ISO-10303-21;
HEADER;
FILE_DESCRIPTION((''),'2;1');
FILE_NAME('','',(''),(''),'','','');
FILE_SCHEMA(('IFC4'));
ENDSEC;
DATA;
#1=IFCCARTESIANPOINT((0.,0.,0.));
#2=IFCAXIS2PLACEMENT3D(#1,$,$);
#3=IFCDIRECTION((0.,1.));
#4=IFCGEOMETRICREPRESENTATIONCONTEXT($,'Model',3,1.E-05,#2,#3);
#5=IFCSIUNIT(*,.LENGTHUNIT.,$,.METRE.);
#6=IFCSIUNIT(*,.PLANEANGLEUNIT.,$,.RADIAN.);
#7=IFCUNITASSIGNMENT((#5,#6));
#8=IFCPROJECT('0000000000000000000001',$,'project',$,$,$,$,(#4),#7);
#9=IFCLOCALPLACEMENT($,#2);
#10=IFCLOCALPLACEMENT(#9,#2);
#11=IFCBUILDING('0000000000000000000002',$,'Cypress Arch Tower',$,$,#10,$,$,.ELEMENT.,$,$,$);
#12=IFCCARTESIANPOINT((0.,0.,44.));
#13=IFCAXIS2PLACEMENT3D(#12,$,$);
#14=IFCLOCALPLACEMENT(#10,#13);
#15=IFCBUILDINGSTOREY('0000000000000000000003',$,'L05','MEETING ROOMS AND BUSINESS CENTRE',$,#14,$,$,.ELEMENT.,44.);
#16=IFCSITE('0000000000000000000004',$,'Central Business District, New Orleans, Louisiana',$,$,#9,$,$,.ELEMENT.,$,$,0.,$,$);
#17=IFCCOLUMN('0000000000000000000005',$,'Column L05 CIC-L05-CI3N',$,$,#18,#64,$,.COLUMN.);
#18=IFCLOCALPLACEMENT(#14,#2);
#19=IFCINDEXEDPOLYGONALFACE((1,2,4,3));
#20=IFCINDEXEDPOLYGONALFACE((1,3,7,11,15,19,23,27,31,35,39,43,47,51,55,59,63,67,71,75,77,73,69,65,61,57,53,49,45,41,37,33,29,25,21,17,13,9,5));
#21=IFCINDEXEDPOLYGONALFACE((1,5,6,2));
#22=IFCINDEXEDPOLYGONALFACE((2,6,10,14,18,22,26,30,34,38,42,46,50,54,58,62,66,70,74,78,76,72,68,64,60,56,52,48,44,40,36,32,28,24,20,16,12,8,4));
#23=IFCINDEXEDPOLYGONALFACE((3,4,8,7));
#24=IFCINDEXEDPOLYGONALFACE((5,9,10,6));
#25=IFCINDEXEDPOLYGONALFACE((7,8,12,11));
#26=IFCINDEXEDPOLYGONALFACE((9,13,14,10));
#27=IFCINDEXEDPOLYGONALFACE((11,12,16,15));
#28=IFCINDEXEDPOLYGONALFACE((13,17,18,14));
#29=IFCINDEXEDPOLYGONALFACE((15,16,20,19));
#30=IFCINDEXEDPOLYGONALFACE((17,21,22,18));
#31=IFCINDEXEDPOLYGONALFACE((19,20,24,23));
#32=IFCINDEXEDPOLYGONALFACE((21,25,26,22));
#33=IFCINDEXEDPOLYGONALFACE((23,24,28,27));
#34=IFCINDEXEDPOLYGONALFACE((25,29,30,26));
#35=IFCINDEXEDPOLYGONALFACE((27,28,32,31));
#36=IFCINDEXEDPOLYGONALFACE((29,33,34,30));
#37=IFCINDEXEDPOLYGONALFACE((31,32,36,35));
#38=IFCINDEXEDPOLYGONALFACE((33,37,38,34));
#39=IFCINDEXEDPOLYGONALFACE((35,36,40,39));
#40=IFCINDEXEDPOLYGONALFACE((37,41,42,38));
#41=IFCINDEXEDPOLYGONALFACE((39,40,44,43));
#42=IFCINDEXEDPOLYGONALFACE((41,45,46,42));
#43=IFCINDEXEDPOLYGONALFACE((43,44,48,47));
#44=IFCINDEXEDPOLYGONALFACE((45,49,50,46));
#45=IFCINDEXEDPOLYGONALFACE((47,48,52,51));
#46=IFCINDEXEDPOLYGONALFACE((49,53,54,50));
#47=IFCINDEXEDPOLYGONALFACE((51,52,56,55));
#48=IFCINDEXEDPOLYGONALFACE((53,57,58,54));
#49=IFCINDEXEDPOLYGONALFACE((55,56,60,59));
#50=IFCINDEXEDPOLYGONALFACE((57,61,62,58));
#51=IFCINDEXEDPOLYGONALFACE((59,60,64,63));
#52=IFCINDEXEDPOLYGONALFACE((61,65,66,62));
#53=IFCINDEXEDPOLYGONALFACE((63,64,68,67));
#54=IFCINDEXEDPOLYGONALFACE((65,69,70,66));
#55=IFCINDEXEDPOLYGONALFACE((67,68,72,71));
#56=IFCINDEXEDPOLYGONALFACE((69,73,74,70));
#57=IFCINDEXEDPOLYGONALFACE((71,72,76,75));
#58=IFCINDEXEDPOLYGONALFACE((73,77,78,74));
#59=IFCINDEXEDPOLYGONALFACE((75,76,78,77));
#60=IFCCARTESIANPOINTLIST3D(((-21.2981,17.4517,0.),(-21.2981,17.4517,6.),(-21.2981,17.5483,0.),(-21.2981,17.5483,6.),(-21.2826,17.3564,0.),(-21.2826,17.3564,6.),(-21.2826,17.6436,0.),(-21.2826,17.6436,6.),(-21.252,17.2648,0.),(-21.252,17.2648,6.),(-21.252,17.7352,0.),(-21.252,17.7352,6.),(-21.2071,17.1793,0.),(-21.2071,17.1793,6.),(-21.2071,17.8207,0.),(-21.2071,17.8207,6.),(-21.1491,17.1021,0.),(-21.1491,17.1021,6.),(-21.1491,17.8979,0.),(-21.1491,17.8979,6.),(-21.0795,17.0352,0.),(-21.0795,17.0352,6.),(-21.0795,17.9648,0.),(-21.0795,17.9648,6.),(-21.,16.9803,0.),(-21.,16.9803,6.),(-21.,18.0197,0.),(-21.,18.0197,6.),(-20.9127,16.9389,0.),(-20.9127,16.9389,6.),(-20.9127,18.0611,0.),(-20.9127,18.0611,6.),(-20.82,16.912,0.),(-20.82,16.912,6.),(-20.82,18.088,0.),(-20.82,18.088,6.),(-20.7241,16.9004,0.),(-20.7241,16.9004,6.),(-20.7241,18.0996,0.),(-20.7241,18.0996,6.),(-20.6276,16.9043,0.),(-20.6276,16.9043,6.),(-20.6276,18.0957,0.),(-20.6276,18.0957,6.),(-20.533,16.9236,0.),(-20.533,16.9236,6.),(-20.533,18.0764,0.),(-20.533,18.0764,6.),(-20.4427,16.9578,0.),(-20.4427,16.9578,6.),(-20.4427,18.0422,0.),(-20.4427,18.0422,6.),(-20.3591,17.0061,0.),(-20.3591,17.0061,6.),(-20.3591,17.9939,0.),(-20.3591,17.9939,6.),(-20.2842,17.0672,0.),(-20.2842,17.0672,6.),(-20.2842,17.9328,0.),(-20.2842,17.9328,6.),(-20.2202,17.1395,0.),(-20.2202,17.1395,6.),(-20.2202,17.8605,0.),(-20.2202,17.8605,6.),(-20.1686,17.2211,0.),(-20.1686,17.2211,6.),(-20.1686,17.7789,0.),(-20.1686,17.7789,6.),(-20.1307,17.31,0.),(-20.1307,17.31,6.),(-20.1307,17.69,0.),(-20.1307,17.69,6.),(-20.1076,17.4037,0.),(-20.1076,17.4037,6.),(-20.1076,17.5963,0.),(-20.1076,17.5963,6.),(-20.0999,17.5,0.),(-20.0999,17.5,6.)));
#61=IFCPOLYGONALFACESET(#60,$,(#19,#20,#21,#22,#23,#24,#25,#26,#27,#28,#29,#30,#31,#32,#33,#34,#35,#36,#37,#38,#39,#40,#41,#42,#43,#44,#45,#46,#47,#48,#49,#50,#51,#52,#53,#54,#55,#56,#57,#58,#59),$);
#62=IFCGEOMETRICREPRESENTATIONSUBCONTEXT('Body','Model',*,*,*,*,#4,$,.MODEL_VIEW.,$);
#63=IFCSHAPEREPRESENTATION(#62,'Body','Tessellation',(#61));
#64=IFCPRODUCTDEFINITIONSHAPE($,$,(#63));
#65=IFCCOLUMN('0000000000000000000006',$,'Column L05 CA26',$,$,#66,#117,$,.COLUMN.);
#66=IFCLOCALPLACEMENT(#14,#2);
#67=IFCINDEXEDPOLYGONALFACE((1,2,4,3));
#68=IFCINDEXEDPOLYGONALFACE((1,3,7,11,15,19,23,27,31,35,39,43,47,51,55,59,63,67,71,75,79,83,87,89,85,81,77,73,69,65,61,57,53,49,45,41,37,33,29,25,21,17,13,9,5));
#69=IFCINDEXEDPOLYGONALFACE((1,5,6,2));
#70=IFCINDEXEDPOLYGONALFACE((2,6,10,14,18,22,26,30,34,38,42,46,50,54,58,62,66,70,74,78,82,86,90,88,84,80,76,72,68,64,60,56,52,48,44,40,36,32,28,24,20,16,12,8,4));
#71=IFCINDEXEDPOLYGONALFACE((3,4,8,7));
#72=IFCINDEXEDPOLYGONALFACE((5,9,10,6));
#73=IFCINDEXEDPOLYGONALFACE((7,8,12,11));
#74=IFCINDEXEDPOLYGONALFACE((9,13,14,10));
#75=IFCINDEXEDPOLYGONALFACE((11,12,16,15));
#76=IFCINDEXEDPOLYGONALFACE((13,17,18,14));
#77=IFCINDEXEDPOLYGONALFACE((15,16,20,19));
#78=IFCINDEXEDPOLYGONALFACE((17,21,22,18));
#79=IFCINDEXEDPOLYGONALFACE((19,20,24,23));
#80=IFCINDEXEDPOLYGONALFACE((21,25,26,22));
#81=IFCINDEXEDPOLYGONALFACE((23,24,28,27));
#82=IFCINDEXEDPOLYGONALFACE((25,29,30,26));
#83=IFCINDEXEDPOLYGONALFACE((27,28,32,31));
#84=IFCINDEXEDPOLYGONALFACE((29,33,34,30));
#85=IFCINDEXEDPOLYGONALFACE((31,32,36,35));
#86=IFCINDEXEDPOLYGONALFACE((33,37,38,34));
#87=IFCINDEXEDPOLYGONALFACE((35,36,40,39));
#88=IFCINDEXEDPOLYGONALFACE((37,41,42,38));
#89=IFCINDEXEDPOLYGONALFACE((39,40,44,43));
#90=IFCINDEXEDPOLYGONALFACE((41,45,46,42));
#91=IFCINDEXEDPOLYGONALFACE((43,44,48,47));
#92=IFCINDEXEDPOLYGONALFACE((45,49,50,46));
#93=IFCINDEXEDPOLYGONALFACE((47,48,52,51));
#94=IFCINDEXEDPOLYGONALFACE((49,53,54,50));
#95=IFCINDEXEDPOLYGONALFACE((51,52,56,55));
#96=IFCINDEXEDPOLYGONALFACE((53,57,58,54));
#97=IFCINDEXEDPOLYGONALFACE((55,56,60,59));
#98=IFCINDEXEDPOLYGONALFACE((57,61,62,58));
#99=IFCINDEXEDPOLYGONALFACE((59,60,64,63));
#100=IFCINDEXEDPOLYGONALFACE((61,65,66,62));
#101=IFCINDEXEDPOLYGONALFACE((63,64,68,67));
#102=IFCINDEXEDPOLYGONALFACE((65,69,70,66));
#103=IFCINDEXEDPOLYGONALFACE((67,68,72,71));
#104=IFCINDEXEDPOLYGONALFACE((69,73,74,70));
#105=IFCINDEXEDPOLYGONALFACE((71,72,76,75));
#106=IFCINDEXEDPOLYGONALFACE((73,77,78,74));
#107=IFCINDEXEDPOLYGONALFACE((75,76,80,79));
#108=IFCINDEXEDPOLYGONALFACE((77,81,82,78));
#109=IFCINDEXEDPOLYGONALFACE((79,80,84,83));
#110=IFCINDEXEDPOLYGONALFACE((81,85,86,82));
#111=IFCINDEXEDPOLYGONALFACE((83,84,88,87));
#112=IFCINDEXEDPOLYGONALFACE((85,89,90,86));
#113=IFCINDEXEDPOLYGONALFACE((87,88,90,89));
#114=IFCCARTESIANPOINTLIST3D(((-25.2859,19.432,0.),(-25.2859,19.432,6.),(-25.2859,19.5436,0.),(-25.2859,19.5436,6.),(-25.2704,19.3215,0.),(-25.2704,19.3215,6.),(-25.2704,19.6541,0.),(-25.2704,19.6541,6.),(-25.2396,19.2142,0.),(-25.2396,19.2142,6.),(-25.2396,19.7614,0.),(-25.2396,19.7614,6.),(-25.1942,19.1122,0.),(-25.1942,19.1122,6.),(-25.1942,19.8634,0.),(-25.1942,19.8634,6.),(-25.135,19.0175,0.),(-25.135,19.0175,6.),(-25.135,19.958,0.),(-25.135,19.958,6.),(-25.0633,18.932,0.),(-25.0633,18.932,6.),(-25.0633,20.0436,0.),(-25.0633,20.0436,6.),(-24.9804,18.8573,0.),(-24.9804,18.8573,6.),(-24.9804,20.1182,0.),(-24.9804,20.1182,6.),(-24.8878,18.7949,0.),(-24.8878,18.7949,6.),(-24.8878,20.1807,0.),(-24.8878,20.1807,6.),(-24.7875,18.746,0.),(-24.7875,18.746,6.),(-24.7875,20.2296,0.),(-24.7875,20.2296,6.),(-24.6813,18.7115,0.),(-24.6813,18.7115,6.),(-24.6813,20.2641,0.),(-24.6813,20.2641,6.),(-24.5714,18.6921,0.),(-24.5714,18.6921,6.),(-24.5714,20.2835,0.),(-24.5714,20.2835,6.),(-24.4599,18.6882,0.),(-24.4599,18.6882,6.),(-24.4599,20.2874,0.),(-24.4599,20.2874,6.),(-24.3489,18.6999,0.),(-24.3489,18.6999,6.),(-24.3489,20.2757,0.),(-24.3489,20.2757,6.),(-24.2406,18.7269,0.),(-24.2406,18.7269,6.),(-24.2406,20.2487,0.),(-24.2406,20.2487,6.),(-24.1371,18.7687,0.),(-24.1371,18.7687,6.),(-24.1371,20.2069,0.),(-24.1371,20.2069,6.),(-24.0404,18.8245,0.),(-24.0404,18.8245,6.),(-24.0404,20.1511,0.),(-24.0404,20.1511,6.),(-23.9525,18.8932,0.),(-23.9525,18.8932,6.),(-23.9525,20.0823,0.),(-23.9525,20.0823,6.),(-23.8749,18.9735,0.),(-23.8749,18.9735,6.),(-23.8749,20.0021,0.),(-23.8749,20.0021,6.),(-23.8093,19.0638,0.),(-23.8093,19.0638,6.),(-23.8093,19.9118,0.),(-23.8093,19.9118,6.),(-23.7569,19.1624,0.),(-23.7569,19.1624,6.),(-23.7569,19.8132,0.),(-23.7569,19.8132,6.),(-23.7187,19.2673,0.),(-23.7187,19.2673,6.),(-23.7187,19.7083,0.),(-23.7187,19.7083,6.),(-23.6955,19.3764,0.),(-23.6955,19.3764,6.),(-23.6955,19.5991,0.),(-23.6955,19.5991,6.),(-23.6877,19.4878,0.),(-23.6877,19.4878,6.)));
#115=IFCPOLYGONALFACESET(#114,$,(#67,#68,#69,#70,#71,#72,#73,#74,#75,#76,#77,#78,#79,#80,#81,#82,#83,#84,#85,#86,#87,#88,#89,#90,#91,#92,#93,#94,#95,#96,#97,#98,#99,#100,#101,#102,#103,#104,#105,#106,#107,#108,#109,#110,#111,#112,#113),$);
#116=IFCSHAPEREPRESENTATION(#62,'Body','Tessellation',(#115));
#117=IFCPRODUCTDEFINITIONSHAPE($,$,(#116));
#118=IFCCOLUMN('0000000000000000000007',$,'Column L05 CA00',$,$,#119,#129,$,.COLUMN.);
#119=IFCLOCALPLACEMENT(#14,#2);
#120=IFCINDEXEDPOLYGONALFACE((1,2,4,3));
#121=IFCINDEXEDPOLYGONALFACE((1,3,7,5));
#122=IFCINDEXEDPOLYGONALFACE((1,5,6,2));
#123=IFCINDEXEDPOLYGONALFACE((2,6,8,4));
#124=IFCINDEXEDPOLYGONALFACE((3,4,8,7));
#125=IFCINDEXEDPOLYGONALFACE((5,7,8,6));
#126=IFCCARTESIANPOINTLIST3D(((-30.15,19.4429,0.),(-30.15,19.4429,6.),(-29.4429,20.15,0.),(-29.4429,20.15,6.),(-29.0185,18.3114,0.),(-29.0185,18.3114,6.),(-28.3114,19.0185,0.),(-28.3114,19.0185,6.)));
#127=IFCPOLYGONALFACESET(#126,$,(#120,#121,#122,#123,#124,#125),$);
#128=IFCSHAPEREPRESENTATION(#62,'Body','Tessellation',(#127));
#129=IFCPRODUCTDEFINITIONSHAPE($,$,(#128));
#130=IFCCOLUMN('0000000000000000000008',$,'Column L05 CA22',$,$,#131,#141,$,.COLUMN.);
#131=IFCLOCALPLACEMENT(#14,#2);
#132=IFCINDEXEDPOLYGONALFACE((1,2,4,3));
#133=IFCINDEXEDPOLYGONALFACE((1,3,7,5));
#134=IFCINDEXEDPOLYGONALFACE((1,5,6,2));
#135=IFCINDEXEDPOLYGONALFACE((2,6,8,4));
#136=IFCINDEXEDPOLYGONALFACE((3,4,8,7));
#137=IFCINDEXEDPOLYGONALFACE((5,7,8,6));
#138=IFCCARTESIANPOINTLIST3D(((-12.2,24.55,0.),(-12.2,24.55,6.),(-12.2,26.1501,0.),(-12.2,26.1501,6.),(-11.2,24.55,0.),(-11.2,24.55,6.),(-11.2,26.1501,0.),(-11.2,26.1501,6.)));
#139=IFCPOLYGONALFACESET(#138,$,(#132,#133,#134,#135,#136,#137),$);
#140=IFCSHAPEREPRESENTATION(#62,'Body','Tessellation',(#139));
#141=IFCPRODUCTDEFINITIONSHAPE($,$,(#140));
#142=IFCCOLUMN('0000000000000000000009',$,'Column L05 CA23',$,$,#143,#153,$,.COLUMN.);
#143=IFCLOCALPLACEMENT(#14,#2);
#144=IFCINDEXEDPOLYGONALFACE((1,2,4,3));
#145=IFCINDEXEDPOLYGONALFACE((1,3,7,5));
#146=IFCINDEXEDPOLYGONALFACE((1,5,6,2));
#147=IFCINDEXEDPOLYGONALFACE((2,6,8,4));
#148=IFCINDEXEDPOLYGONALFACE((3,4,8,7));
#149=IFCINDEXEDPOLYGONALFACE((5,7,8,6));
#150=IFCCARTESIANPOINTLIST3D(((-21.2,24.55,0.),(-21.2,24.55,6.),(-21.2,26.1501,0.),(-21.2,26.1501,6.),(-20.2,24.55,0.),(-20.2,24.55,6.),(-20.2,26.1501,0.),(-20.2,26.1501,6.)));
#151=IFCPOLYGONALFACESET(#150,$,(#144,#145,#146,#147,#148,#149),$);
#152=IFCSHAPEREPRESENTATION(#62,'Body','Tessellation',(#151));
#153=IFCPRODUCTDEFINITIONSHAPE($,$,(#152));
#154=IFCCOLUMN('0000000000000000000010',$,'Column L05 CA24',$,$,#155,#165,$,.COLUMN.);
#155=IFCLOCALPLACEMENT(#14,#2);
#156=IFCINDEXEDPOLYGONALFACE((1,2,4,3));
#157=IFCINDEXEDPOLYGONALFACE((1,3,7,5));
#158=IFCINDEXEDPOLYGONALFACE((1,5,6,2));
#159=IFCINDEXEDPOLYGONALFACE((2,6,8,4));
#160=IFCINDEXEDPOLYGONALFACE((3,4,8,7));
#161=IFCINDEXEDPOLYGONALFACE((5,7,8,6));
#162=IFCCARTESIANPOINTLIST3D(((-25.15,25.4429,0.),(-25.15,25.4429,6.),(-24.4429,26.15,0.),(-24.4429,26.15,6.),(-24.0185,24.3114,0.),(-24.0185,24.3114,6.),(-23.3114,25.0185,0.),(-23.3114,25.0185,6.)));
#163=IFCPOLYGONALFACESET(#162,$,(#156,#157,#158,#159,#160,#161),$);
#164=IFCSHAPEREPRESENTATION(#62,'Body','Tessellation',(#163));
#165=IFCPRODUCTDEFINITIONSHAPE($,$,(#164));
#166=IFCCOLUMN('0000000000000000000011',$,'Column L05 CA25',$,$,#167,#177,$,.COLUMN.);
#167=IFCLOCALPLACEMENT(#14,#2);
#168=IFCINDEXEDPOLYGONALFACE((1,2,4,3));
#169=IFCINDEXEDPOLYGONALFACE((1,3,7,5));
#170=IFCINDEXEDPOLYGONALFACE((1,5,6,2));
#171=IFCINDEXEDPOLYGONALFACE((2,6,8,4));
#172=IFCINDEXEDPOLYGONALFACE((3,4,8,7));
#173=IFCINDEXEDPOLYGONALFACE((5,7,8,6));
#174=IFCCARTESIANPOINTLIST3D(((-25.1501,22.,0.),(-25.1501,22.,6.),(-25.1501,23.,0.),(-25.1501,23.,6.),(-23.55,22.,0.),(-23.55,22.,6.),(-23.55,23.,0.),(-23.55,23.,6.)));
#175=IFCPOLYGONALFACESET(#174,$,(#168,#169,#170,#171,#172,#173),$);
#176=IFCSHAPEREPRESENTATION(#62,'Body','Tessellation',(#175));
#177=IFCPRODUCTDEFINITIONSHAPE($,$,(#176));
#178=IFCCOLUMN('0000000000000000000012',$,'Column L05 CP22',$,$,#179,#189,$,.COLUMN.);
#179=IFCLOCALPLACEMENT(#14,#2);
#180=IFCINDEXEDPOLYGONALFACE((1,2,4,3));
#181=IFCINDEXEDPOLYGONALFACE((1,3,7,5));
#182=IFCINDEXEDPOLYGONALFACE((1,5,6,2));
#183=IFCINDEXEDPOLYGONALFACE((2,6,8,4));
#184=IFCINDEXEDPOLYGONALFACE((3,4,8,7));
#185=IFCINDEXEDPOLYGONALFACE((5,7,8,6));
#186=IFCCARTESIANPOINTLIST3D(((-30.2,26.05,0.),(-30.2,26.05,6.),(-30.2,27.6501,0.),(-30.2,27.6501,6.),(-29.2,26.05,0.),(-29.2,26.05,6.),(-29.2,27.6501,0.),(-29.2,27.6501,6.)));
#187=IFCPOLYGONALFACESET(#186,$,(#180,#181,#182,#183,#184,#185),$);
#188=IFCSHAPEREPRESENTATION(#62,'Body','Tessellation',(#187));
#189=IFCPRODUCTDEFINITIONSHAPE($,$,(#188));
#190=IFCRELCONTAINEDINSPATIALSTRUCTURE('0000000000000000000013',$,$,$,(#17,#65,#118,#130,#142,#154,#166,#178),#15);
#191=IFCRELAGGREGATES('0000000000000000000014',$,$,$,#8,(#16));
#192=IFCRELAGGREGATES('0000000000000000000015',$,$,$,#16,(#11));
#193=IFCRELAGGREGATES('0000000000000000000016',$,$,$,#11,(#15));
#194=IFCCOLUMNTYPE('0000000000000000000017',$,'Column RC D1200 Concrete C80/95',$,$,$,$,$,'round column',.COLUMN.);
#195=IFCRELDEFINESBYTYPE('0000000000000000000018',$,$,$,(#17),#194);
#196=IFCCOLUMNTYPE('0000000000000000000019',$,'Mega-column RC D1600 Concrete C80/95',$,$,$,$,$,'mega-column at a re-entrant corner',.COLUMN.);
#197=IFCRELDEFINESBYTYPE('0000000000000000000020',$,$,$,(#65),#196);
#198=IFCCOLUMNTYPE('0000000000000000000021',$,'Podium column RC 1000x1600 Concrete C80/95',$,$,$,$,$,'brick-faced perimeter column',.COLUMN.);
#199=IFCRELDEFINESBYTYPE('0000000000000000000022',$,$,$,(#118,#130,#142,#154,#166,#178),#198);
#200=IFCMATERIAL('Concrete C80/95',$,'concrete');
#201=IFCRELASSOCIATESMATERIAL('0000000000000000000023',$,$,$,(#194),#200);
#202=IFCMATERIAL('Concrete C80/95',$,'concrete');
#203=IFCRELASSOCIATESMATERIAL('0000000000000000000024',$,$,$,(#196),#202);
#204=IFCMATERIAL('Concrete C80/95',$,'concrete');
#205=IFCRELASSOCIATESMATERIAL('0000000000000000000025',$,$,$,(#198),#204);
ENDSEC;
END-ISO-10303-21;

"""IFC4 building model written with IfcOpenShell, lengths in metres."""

from ifc_helpers import new_model, si_unit, direction, frame, origin, origin_2d, place, context, subcontext, project, spatial, rectangle, circle, extrude, material, material_profile, profile_set, type_object, element, save


model = new_model("IFC4")

# Units and contexts
model_context = context("Model", 3, precision=1e-05, world=origin(), true_north=direction((0.0, 1.0)))
body_context = subcontext(model_context, "Body", "Model", "MODEL_VIEW")
ifc_project = project(units=[si_unit("LENGTHUNIT", "METRE"), si_unit("PLANEANGLEUNIT", "RADIAN")], contexts=[model_context])

# Site, building, storey
site_placement = place(None, origin())
site = spatial("IfcSite", under=ifc_project, at=site_placement, Name="Central Business District, New Orleans, Louisiana", CompositionType="ELEMENT", RefElevation=0.0)
building_placement = place(site_placement, origin())
building = spatial("IfcBuilding", under=site, at=building_placement, Name="Cypress Arch Tower", CompositionType="ELEMENT")
storey_placement = place(building_placement, frame((0.0, 0.0, 44.0)))
storey = spatial("IfcBuildingStorey", under=building, at=storey_placement, Name="L05", Description="MEETING ROOMS AND BUSINESS CENTRE", CompositionType="ELEMENT", Elevation=44.0)

# Columns
ifc_material_1 = material(Name="Concrete C80/95", Category="concrete")
ifc_material_profile_1 = material_profile(ifc_material_1, circle(Radius=0.6001, at=origin_2d()), Name="RC D1200")
ifc_profile_set_1 = profile_set([ifc_material_profile_1], Name="Concrete C80/95")
column_type_1 = type_object("IfcColumnType", Name="Column RC D1200 Concrete C80/95", ElementType="round column", PredefinedType="COLUMN", material=ifc_profile_set_1)
column_1_placement = place(storey_placement, frame((-20.7, 17.5, 0.0), z_axis=(0.0, 0.0, 1.0), x_axis=(1.0, 0.0, 0.0)))
element("IfcColumn", 1, at=column_1_placement, inside=storey, type_object=column_type_1, Name="Column L05 CIC-L05-CI3N", PredefinedType="COLUMN", context=body_context, shape_type="SweptSolid", body=[
    extrude(circle(Radius=0.6001, at=origin_2d()), origin(), (0.0, 0.0, 1.0), 6.0),
])
ifc_material_2 = material(Name="Concrete C80/95", Category="concrete")
ifc_material_profile_2 = material_profile(ifc_material_2, circle(Radius=0.8, at=origin_2d()), Name="RC D1600")
ifc_profile_set_2 = profile_set([ifc_material_profile_2], Name="Concrete C80/95")
column_type_2 = type_object("IfcColumnType", Name="Mega-column RC D1600 Concrete C80/95", ElementType="mega-column at a re-entrant corner", PredefinedType="COLUMN", material=ifc_profile_set_2)
column_2_placement = place(storey_placement, frame((-24.4878, 19.4878, 0.0), z_axis=(0.0, 0.0, 1.0), x_axis=(1.0, 0.0, 0.0)))
element("IfcColumn", 2, at=column_2_placement, inside=storey, type_object=column_type_2, Name="Column L05 CA26", PredefinedType="COLUMN", context=body_context, shape_type="SweptSolid", body=[
    extrude(circle(Radius=0.8, at=origin_2d()), origin(), (0.0, 0.0, 1.0), 6.0),
])
ifc_material_3 = material(Name="Concrete C80/95", Category="concrete")
ifc_material_profile_3 = material_profile(ifc_material_3, rectangle(XDim=1.0, YDim=1.6001, at=origin_2d()), Name="RC 1000x1600")
ifc_profile_set_3 = profile_set([ifc_material_profile_3], Name="Concrete C80/95")
column_type_3 = type_object("IfcColumnType", Name="Podium column RC 1000x1600 Concrete C80/95", ElementType="brick-faced perimeter column", PredefinedType="COLUMN", material=ifc_profile_set_3)
for number, where, z_axis, x_axis, name in (
    (3, (-29.2307, 19.2307, 0.0), (0.0, 0.0, 1.0), (-0.707107, -0.707107, 0.0), "Column L05 CA00"),
    (4, (-11.7, 25.3501, 0.0), (0.0, 0.0, 1.0), (-1.0, 0.0, 0.0), "Column L05 CA22"),
    (5, (-20.7, 25.3501, 0.0), (0.0, 0.0, 1.0), (-1.0, 0.0, 0.0), "Column L05 CA23"),
    (6, (-24.2307, 25.2307, 0.0), (0.0, 0.0, 1.0), (-0.707107, -0.707107, 0.0), "Column L05 CA24"),
    (7, (-24.3501, 22.5, 0.0), (0.0, 0.0, 1.0), (0.0, -1.0, 0.0), "Column L05 CA25"),
    (8, (-29.7, 26.8501, 0.0), (0.0, 0.0, 1.0), (-1.0, 0.0, 0.0), "Column L05 CP22"),
):
    element("IfcColumn", number, at=place(storey_placement, frame(where, z_axis=z_axis, x_axis=x_axis)), inside=storey, type_object=column_type_3, Name=name, PredefinedType="COLUMN", context=body_context, shape_type="SweptSolid", body=[
        extrude(rectangle(XDim=1.0, YDim=1.6001, at=origin_2d()), origin(), (0.0, 0.0, 1.0), 6.0),
    ])

save(model, "model.ifc")
